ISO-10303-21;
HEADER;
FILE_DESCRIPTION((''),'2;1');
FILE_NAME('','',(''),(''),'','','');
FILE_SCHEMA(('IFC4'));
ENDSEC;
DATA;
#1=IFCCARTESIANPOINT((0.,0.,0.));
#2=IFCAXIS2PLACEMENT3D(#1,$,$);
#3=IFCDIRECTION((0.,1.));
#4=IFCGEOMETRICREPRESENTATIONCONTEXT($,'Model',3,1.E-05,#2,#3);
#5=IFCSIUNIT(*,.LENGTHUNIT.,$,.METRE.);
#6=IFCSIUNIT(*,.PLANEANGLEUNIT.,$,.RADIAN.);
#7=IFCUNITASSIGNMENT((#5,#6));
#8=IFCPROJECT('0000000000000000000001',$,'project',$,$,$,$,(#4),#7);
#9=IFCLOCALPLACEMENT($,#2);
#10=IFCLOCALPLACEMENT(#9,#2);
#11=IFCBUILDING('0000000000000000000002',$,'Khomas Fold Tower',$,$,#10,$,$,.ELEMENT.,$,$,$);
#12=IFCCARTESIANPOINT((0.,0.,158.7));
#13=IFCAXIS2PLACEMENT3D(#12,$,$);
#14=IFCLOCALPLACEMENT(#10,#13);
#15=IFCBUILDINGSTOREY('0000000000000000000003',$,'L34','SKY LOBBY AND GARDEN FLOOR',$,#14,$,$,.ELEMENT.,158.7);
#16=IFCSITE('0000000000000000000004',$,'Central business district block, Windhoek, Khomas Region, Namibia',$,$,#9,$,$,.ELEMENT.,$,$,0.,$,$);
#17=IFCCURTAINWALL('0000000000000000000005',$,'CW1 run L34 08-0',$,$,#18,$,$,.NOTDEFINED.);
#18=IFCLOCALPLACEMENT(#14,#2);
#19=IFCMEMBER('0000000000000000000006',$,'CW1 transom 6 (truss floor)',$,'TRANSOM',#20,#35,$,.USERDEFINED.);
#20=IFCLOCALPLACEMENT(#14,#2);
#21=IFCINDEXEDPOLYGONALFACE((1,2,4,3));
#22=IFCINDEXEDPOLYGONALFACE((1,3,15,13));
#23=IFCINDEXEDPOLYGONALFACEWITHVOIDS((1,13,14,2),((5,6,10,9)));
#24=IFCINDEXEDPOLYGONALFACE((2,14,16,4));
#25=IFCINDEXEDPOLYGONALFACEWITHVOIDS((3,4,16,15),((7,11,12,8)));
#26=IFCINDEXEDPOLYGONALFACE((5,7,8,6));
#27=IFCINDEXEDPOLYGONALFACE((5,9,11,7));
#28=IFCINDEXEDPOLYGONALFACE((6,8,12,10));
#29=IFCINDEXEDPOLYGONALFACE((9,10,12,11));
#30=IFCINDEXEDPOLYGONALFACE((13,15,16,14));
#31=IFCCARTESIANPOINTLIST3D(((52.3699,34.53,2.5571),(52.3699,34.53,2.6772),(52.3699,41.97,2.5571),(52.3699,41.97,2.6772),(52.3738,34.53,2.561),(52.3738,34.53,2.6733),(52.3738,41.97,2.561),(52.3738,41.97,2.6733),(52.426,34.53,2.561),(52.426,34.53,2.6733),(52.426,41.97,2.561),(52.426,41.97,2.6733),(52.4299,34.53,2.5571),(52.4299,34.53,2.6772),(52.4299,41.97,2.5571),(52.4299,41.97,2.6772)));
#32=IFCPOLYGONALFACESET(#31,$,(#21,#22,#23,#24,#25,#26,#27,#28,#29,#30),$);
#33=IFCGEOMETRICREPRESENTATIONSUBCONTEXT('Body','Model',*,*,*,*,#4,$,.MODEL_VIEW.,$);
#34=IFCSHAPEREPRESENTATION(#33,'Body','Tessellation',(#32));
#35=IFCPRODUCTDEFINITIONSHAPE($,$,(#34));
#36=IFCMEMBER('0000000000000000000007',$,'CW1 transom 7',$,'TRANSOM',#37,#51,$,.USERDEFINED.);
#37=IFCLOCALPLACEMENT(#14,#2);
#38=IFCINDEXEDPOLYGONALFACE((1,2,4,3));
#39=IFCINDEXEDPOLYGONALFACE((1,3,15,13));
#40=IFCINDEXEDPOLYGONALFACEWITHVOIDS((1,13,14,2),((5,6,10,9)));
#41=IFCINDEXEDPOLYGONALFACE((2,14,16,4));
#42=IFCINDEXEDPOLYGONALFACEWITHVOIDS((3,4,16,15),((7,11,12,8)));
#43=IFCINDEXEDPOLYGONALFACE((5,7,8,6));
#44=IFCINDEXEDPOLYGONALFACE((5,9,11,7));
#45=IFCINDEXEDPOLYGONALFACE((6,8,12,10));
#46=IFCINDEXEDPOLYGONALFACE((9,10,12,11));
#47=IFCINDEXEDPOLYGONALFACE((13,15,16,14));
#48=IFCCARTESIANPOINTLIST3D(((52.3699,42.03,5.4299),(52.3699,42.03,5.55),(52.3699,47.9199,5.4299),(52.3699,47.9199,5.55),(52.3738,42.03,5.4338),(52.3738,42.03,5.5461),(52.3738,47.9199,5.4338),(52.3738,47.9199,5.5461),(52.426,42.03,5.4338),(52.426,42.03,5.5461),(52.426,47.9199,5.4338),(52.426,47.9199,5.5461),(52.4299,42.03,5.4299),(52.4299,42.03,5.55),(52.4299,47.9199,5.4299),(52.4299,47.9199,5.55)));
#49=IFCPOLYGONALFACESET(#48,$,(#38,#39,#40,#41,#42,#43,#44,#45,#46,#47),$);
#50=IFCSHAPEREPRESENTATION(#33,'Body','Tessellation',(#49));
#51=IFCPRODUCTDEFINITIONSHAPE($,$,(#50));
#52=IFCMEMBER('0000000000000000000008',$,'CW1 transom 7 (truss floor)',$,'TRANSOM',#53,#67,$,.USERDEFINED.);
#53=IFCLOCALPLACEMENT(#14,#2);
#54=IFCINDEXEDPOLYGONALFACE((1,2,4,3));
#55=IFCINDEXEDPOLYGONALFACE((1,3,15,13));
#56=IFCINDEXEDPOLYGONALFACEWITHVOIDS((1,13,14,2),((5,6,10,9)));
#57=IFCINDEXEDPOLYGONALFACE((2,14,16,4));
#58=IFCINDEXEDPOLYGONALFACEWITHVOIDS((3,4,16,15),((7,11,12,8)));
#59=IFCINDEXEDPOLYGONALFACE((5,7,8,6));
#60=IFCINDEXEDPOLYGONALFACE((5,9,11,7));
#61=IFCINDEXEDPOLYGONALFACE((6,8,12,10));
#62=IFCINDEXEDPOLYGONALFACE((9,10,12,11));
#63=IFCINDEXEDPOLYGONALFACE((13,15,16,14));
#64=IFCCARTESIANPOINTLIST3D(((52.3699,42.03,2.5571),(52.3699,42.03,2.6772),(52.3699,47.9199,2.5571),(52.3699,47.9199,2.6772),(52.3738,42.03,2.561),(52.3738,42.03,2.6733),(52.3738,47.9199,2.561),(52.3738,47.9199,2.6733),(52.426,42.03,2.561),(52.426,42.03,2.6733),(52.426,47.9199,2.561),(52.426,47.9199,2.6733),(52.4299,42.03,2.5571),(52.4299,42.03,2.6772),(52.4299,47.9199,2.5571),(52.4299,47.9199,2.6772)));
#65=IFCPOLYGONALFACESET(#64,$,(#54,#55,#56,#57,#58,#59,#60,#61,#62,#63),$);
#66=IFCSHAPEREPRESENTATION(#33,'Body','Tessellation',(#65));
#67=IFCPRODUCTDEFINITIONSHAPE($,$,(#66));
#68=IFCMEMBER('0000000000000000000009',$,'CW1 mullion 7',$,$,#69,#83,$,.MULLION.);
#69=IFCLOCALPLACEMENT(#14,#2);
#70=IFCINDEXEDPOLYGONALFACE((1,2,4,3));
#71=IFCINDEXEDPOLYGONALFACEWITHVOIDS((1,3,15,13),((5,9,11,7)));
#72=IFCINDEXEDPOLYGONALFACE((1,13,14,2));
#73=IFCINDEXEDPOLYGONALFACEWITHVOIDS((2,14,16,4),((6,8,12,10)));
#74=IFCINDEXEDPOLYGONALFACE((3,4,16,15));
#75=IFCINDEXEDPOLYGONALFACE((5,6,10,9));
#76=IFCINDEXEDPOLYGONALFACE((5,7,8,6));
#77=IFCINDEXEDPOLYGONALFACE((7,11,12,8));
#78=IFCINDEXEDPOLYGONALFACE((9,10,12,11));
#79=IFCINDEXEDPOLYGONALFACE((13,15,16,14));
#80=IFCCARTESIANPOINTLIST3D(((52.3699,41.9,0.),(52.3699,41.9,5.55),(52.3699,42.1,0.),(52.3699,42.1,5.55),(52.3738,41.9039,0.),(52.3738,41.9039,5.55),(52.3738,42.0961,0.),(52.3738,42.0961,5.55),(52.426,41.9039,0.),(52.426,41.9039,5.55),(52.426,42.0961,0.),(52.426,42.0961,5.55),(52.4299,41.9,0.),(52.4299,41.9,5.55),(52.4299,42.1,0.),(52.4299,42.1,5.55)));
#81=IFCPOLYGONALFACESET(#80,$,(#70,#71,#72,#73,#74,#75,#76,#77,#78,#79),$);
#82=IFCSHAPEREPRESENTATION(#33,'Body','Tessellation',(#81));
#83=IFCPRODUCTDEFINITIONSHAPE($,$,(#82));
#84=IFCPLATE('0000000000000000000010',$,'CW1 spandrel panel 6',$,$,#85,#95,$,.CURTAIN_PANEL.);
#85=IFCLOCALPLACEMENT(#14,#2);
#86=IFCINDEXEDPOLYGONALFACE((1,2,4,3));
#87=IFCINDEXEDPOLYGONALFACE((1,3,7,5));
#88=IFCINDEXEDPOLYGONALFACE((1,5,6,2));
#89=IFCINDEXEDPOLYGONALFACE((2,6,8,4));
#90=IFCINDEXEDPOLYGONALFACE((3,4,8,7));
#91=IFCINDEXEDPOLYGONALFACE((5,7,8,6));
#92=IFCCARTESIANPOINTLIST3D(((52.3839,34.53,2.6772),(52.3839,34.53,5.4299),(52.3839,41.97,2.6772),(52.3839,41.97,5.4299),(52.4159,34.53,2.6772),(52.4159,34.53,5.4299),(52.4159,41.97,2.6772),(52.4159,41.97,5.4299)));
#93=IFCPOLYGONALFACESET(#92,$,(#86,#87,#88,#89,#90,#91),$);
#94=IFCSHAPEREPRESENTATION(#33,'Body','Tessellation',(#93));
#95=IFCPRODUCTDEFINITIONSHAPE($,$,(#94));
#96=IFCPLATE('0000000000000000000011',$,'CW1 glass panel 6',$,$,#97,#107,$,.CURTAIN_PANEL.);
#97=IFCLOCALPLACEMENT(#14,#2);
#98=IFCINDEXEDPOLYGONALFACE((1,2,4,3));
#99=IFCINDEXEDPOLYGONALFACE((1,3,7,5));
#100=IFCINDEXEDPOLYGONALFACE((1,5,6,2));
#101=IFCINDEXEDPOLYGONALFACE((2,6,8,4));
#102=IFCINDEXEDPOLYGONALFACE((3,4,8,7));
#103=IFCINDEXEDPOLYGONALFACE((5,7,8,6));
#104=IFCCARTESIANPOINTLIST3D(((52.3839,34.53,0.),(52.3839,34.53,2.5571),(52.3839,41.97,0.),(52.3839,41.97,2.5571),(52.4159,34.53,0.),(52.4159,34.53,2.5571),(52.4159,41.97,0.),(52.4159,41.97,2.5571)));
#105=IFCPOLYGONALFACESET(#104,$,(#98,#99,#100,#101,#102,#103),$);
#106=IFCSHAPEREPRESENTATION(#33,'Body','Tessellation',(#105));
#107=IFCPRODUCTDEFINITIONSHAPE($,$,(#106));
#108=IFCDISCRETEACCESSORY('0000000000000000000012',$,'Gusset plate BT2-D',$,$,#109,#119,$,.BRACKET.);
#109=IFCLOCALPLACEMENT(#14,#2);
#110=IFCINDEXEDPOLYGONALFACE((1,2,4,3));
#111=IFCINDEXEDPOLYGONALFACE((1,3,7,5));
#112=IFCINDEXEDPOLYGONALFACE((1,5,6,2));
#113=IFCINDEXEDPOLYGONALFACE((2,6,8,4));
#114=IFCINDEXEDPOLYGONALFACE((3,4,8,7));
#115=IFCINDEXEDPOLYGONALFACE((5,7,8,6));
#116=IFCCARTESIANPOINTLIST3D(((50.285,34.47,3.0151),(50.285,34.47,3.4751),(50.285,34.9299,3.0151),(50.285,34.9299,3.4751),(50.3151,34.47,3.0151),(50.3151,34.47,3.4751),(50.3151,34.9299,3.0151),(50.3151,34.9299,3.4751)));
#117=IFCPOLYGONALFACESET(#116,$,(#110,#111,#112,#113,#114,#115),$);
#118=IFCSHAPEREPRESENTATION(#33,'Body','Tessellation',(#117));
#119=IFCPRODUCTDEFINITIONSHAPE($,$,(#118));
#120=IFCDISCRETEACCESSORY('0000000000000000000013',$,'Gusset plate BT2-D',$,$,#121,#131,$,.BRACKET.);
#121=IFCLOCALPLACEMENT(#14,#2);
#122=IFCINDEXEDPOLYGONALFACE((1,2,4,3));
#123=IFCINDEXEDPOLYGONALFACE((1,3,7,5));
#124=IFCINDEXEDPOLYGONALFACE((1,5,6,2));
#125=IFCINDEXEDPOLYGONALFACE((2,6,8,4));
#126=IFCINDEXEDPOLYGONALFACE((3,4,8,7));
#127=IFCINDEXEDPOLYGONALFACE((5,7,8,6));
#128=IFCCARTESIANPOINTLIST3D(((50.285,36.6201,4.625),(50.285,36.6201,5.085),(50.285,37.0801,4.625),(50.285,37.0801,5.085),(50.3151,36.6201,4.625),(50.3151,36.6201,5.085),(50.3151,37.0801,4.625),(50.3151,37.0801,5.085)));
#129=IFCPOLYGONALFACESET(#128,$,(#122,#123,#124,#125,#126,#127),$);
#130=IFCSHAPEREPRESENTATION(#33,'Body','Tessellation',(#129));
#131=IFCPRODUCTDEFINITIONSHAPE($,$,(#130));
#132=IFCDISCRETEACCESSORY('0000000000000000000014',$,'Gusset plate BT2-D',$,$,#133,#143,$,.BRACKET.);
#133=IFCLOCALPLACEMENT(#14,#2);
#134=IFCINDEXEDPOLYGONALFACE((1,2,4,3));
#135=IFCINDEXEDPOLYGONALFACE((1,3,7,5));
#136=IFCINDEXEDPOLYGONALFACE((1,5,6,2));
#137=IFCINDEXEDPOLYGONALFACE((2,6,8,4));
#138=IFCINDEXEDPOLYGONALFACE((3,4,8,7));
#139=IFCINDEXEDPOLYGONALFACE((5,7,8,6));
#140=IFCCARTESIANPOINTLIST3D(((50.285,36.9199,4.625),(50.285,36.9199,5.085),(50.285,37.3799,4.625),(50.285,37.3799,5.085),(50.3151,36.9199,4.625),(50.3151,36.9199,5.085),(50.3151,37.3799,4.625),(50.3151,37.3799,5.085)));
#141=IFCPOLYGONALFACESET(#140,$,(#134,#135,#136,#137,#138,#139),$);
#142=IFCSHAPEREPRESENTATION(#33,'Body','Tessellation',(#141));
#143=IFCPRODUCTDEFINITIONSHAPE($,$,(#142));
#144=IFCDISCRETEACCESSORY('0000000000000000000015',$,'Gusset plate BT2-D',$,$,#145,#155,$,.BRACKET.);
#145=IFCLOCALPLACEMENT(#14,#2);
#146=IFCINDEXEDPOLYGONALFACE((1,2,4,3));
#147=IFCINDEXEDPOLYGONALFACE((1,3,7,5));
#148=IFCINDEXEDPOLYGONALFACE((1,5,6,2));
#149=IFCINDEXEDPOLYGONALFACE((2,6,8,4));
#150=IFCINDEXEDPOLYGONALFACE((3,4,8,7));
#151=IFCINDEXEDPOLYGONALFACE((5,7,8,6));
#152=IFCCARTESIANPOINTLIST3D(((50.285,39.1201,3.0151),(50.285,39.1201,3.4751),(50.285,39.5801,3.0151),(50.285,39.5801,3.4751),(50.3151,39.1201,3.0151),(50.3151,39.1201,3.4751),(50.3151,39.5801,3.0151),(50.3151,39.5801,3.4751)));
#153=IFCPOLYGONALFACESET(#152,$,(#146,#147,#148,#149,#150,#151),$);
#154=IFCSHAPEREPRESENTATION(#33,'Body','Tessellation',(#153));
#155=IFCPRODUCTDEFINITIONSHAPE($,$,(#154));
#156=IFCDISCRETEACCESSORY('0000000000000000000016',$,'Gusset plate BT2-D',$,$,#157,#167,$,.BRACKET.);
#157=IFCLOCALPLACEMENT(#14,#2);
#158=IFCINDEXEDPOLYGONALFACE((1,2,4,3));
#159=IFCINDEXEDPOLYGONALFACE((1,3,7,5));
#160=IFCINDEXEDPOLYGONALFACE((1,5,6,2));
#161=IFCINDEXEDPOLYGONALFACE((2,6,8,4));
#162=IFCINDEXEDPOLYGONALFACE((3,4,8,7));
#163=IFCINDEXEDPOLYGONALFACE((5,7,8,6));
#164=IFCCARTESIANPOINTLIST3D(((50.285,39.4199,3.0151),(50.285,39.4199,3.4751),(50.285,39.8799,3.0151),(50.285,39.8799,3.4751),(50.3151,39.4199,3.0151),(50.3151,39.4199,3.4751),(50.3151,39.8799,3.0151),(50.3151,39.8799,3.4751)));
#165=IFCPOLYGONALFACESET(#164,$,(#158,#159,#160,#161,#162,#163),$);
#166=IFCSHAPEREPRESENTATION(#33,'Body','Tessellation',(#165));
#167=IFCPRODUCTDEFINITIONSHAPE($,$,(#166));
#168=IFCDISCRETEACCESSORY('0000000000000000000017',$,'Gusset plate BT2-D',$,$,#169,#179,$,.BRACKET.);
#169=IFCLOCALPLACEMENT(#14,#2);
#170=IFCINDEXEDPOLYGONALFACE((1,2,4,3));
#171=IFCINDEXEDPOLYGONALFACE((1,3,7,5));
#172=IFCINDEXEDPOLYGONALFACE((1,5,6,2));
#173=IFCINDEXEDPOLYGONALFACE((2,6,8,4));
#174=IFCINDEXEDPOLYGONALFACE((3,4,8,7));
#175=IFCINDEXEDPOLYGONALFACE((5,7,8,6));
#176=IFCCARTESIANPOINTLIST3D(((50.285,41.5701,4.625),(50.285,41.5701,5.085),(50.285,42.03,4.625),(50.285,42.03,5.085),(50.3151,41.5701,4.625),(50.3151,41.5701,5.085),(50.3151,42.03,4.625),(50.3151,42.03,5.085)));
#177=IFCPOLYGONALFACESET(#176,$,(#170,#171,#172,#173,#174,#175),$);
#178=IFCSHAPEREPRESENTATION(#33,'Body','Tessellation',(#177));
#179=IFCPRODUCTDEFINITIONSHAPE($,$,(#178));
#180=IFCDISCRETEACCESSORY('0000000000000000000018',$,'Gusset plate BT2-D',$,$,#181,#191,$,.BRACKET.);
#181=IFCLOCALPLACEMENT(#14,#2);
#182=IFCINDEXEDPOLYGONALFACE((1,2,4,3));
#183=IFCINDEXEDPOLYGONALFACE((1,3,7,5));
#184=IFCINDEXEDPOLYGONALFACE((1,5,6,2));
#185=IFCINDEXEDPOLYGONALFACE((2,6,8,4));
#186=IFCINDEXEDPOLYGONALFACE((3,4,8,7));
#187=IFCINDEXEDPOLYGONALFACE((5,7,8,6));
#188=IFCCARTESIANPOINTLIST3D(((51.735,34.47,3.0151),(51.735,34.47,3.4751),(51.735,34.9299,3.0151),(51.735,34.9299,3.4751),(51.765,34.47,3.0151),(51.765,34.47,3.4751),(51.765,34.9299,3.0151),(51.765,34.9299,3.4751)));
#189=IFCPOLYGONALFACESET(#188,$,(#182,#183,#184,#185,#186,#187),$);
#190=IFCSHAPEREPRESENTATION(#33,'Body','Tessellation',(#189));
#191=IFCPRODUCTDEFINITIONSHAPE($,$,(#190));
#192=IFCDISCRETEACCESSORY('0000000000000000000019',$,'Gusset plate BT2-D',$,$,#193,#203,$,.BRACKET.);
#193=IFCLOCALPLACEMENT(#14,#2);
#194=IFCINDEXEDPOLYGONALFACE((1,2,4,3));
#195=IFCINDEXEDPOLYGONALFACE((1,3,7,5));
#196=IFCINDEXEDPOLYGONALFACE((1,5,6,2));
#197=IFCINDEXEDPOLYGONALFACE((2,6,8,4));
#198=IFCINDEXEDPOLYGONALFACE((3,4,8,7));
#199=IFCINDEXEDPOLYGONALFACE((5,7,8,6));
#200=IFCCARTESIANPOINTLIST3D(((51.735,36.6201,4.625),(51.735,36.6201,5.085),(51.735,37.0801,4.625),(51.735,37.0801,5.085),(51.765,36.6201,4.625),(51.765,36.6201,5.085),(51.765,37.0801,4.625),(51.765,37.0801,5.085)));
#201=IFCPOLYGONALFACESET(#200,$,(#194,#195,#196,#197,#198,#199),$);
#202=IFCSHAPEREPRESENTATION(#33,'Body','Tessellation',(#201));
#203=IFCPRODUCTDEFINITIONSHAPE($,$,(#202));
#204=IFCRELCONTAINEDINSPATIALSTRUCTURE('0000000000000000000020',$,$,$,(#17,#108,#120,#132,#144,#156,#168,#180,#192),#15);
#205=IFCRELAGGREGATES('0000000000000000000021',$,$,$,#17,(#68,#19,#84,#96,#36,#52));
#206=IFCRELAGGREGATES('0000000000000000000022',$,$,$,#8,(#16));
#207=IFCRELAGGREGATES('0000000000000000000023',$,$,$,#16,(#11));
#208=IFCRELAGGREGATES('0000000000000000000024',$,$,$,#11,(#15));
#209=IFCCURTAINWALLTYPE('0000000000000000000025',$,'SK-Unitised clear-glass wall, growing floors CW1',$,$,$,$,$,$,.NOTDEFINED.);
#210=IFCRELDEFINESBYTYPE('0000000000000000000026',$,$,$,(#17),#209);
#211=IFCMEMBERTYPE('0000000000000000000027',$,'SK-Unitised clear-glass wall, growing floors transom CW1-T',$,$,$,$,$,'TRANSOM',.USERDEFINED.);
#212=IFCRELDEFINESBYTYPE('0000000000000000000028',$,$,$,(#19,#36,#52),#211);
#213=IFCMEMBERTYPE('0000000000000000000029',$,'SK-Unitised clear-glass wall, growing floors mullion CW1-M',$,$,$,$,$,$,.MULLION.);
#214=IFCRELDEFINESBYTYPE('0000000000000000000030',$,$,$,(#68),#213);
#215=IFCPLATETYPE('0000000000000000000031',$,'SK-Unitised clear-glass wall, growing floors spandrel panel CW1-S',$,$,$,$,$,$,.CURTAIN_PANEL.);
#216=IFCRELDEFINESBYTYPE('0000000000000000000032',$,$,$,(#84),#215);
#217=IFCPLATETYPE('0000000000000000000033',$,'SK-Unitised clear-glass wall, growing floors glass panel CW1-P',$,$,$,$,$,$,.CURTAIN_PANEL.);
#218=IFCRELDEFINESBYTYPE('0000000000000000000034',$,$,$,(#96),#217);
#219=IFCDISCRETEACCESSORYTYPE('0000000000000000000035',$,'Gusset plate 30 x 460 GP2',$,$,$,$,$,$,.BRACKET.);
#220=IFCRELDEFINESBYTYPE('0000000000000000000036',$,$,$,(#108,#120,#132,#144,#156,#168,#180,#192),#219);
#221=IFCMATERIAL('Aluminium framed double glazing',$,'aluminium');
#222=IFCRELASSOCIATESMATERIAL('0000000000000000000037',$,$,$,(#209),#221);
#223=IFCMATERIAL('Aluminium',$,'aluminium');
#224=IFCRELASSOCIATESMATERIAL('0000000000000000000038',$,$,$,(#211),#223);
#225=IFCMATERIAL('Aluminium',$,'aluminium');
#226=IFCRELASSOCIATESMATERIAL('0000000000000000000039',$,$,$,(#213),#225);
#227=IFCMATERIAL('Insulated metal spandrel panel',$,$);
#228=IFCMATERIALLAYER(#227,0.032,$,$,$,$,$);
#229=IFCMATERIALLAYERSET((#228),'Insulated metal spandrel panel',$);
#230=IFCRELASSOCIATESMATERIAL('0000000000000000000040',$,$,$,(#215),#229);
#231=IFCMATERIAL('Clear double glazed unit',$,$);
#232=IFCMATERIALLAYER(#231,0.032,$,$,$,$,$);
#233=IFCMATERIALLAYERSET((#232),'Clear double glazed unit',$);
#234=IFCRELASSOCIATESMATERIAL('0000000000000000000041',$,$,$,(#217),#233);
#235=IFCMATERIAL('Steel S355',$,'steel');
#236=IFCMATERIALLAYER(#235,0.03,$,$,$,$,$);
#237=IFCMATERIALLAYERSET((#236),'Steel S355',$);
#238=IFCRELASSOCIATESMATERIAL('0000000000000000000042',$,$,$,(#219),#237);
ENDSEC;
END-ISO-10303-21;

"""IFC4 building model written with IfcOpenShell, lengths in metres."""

from ifc_helpers import new_model, si_unit, direction, frame, origin, origin_2d, place, context, subcontext, project, spatial, rectangle, hollow_rectangle, extrude, source, transform, mapped, material, layer, layer_set, material_profile, profile_set, type_object, element, aggregate, save


model = new_model("IFC4")

# Units and contexts
model_context = context("Model", 3, precision=1e-05, world=origin(), true_north=direction((0.0, 1.0)))
body_context = subcontext(model_context, "Body", "Model", "MODEL_VIEW")
ifc_project = project(units=[si_unit("LENGTHUNIT", "METRE"), si_unit("PLANEANGLEUNIT", "RADIAN")], contexts=[model_context])

# Site, building, storey
site_placement = place(None, origin())
site = spatial("IfcSite", under=ifc_project, at=site_placement, Name="Central business district block, Windhoek, Khomas Region, Namibia", CompositionType="ELEMENT", RefElevation=0.0)
building_placement = place(site_placement, origin())
building = spatial("IfcBuilding", under=site, at=building_placement, Name="Khomas Fold Tower", CompositionType="ELEMENT")
storey_placement = place(building_placement, frame((0.0, 0.0, 158.7)))
storey = spatial("IfcBuildingStorey", under=building, at=storey_placement, Name="L34", Description="SKY LOBBY AND GARDEN FLOOR", CompositionType="ELEMENT", Elevation=158.7)

# Curtain wall, members, plates
ifc_material_1 = material(Name="Aluminium framed double glazing", Category="aluminium")
curtain_wall_type = type_object("IfcCurtainWallType", Name="SK-Unitised clear-glass wall, growing floors CW1", PredefinedType="NOTDEFINED", material=ifc_material_1)
curtain_wall_placement = place(storey_placement, origin())
curtain_wall = element("IfcCurtainWall", 1, at=curtain_wall_placement, inside=storey, type_object=curtain_wall_type, Name="CW1 run L34 08-0", PredefinedType="NOTDEFINED")
ifc_material_2 = material(Name="Aluminium", Category="aluminium")
ifc_material_profile_1 = material_profile(ifc_material_2, hollow_rectangle(XDim=0.0601, YDim=0.1201, WallThickness=0.0039, at=origin_2d()), Name="SK-Unitised clear-glass wall, growing floors transom CW1-T")
ifc_profile_set_1 = profile_set([ifc_material_profile_1], Name="Aluminium")
member_type_1 = type_object("IfcMemberType", Name="SK-Unitised clear-glass wall, growing floors transom CW1-T", ElementType="TRANSOM", PredefinedType="USERDEFINED", material=ifc_profile_set_1)
shared_shape_1 = source(origin(), body_context, "Body", "SweptSolid", [
    extrude(hollow_rectangle(XDim=0.0601, YDim=0.1201, WallThickness=0.0039, at=origin_2d()), origin(), (0.0, 0.0, 1.0), 7.4399),
])
member_1_placement = place(storey_placement, frame((52.3999, 34.53, 2.6172), z_axis=(0.0, 1.0, 0.0), x_axis=(-1.0, 0.0, 0.0)))
member_1 = element("IfcMember", 2, at=member_1_placement, type_object=member_type_1, Name="CW1 transom 6 (truss floor)", ObjectType="TRANSOM", PredefinedType="USERDEFINED", context=body_context, shape_type="MappedRepresentation", body=[
    mapped(shared_shape_1, transform((0.0, 0.0, 0.0))),
])
shared_shape_2 = source(origin(), body_context, "Body", "SweptSolid", [
    extrude(hollow_rectangle(XDim=0.0601, YDim=0.1201, WallThickness=0.0039, at=origin_2d()), origin(), (0.0, 0.0, 1.0), 5.8899),
])
member_2_placement = place(storey_placement, frame((52.3999, 42.03, 5.49), z_axis=(0.0, 1.0, 0.0), x_axis=(-1.0, 0.0, 0.0)))
member_2 = element("IfcMember", 3, at=member_2_placement, type_object=member_type_1, Name="CW1 transom 7", ObjectType="TRANSOM", PredefinedType="USERDEFINED", context=body_context, shape_type="MappedRepresentation", body=[
    mapped(shared_shape_2, transform((0.0, 0.0, 0.0))),
])
member_3_placement = place(storey_placement, frame((52.3999, 42.03, 2.6172), z_axis=(0.0, 1.0, 0.0), x_axis=(-1.0, 0.0, 0.0)))
member_3 = element("IfcMember", 4, at=member_3_placement, type_object=member_type_1, Name="CW1 transom 7 (truss floor)", ObjectType="TRANSOM", PredefinedType="USERDEFINED", context=body_context, shape_type="MappedRepresentation", body=[
    mapped(shared_shape_2, transform((0.0, 0.0, 0.0))),
])
ifc_material_3 = material(Name="Aluminium", Category="aluminium")
ifc_material_profile_2 = material_profile(ifc_material_3, hollow_rectangle(XDim=0.0601, YDim=0.2, WallThickness=0.0039, at=origin_2d()), Name="SK-Unitised clear-glass wall, growing floors mullion CW1-M")
ifc_profile_set_2 = profile_set([ifc_material_profile_2], Name="Aluminium")
member_type_2 = type_object("IfcMemberType", Name="SK-Unitised clear-glass wall, growing floors mullion CW1-M", PredefinedType="MULLION", material=ifc_profile_set_2)
shared_shape_3 = source(origin(), body_context, "Body", "SweptSolid", [
    extrude(hollow_rectangle(XDim=0.0601, YDim=0.2, WallThickness=0.0039, at=origin_2d()), origin(), (0.0, 0.0, 1.0), 5.55),
])
member_4_placement = place(storey_placement, frame((52.3999, 42.0, 0.0), z_axis=(0.0, 0.0, 1.0), x_axis=(-1.0, 0.0, 0.0)))
member_4 = element("IfcMember", 5, at=member_4_placement, type_object=member_type_2, Name="CW1 mullion 7", PredefinedType="MULLION", context=body_context, shape_type="MappedRepresentation", body=[
    mapped(shared_shape_3, transform((0.0, 0.0, 0.0))),
])
ifc_material_4 = material(Name="Insulated metal spandrel panel")
ifc_layer_1 = layer(ifc_material_4, 0.032)
ifc_layer_set_1 = layer_set([ifc_layer_1], Name="Insulated metal spandrel panel")
plate_type_1 = type_object("IfcPlateType", Name="SK-Unitised clear-glass wall, growing floors spandrel panel CW1-S", PredefinedType="CURTAIN_PANEL", material=ifc_layer_set_1)
shared_shape_4 = source(origin(), body_context, "Body", "SweptSolid", [
    extrude(rectangle(XDim=7.4399, YDim=0.032, at=origin_2d()), origin(), (0.0, 0.0, 1.0), 2.7527),
])
plate_1_placement = place(storey_placement, frame((52.3999, 38.25, 2.6772), z_axis=(0.0, 0.0, 1.0), x_axis=(0.0, 1.0, 0.0)))
plate_1 = element("IfcPlate", 6, at=plate_1_placement, type_object=plate_type_1, Name="CW1 spandrel panel 6", PredefinedType="CURTAIN_PANEL", context=body_context, shape_type="MappedRepresentation", body=[
    mapped(shared_shape_4, transform((0.0, 0.0, 0.0))),
])
ifc_material_5 = material(Name="Clear double glazed unit")
ifc_layer_2 = layer(ifc_material_5, 0.032)
ifc_layer_set_2 = layer_set([ifc_layer_2], Name="Clear double glazed unit")
plate_type_2 = type_object("IfcPlateType", Name="SK-Unitised clear-glass wall, growing floors glass panel CW1-P", PredefinedType="CURTAIN_PANEL", material=ifc_layer_set_2)
shared_shape_5 = source(origin(), body_context, "Body", "SweptSolid", [
    extrude(rectangle(XDim=7.4399, YDim=0.032, at=origin_2d()), origin(), (0.0, 0.0, 1.0), 2.5571),
])
plate_2_placement = place(storey_placement, frame((52.3999, 38.25, 0.0), z_axis=(0.0, 0.0, 1.0), x_axis=(0.0, 1.0, 0.0)))
plate_2 = element("IfcPlate", 7, at=plate_2_placement, type_object=plate_type_2, Name="CW1 glass panel 6", PredefinedType="CURTAIN_PANEL", context=body_context, shape_type="MappedRepresentation", body=[
    mapped(shared_shape_5, transform((0.0, 0.0, 0.0))),
])
aggregate(curtain_wall, [member_4, member_1, plate_1, plate_2, member_2, member_3])

# Discrete accessories
ifc_material_6 = material(Name="Steel S355", Category="steel")
ifc_layer_3 = layer(ifc_material_6, 0.03)
ifc_layer_set_3 = layer_set([ifc_layer_3], Name="Steel S355")
discrete_accessory_type = type_object("IfcDiscreteAccessoryType", Name="Gusset plate 30 x 460 GP2", PredefinedType="BRACKET", material=ifc_layer_set_3)
shared_shape_6 = source(origin(), body_context, "Body", "SweptSolid", [
    extrude(rectangle(XDim=0.46, YDim=0.03, at=origin_2d()), origin(), (0.0, 0.0, 1.0), 0.46),
])
for number, where, z_axis, x_axis, name in (
    (8, (50.3, 34.7, 3.0151), (0.0, 0.0, 1.0), (0.0, 1.0, 0.0), "Gusset plate BT2-D"),
    (9, (50.3, 36.8501, 4.625), (0.0, 0.0, 1.0), (0.0, 1.0, 0.0), "Gusset plate BT2-D"),
    (10, (50.3, 37.1499, 4.625), (0.0, 0.0, 1.0), (0.0, 1.0, 0.0), "Gusset plate BT2-D"),
    (11, (50.3, 39.3501, 3.0151), (0.0, 0.0, 1.0), (0.0, 1.0, 0.0), "Gusset plate BT2-D"),
    (12, (50.3, 39.6499, 3.0151), (0.0, 0.0, 1.0), (0.0, 1.0, 0.0), "Gusset plate BT2-D"),
    (13, (50.3, 41.8, 4.625), (0.0, 0.0, 1.0), (0.0, 1.0, 0.0), "Gusset plate BT2-D"),
    (14, (51.75, 34.7, 3.0151), (0.0, 0.0, 1.0), (0.0, 1.0, 0.0), "Gusset plate BT2-D"),
    (15, (51.75, 36.8501, 4.625), (0.0, 0.0, 1.0), (0.0, 1.0, 0.0), "Gusset plate BT2-D"),
):
    element("IfcDiscreteAccessory", number, at=place(storey_placement, frame(where, z_axis=z_axis, x_axis=x_axis)), inside=storey, type_object=discrete_accessory_type, Name=name, PredefinedType="BRACKET", context=body_context, shape_type="MappedRepresentation", body=[
        mapped(shared_shape_6, transform((0.0, 0.0, 0.0))),
    ])

save(model, "model.ifc")
